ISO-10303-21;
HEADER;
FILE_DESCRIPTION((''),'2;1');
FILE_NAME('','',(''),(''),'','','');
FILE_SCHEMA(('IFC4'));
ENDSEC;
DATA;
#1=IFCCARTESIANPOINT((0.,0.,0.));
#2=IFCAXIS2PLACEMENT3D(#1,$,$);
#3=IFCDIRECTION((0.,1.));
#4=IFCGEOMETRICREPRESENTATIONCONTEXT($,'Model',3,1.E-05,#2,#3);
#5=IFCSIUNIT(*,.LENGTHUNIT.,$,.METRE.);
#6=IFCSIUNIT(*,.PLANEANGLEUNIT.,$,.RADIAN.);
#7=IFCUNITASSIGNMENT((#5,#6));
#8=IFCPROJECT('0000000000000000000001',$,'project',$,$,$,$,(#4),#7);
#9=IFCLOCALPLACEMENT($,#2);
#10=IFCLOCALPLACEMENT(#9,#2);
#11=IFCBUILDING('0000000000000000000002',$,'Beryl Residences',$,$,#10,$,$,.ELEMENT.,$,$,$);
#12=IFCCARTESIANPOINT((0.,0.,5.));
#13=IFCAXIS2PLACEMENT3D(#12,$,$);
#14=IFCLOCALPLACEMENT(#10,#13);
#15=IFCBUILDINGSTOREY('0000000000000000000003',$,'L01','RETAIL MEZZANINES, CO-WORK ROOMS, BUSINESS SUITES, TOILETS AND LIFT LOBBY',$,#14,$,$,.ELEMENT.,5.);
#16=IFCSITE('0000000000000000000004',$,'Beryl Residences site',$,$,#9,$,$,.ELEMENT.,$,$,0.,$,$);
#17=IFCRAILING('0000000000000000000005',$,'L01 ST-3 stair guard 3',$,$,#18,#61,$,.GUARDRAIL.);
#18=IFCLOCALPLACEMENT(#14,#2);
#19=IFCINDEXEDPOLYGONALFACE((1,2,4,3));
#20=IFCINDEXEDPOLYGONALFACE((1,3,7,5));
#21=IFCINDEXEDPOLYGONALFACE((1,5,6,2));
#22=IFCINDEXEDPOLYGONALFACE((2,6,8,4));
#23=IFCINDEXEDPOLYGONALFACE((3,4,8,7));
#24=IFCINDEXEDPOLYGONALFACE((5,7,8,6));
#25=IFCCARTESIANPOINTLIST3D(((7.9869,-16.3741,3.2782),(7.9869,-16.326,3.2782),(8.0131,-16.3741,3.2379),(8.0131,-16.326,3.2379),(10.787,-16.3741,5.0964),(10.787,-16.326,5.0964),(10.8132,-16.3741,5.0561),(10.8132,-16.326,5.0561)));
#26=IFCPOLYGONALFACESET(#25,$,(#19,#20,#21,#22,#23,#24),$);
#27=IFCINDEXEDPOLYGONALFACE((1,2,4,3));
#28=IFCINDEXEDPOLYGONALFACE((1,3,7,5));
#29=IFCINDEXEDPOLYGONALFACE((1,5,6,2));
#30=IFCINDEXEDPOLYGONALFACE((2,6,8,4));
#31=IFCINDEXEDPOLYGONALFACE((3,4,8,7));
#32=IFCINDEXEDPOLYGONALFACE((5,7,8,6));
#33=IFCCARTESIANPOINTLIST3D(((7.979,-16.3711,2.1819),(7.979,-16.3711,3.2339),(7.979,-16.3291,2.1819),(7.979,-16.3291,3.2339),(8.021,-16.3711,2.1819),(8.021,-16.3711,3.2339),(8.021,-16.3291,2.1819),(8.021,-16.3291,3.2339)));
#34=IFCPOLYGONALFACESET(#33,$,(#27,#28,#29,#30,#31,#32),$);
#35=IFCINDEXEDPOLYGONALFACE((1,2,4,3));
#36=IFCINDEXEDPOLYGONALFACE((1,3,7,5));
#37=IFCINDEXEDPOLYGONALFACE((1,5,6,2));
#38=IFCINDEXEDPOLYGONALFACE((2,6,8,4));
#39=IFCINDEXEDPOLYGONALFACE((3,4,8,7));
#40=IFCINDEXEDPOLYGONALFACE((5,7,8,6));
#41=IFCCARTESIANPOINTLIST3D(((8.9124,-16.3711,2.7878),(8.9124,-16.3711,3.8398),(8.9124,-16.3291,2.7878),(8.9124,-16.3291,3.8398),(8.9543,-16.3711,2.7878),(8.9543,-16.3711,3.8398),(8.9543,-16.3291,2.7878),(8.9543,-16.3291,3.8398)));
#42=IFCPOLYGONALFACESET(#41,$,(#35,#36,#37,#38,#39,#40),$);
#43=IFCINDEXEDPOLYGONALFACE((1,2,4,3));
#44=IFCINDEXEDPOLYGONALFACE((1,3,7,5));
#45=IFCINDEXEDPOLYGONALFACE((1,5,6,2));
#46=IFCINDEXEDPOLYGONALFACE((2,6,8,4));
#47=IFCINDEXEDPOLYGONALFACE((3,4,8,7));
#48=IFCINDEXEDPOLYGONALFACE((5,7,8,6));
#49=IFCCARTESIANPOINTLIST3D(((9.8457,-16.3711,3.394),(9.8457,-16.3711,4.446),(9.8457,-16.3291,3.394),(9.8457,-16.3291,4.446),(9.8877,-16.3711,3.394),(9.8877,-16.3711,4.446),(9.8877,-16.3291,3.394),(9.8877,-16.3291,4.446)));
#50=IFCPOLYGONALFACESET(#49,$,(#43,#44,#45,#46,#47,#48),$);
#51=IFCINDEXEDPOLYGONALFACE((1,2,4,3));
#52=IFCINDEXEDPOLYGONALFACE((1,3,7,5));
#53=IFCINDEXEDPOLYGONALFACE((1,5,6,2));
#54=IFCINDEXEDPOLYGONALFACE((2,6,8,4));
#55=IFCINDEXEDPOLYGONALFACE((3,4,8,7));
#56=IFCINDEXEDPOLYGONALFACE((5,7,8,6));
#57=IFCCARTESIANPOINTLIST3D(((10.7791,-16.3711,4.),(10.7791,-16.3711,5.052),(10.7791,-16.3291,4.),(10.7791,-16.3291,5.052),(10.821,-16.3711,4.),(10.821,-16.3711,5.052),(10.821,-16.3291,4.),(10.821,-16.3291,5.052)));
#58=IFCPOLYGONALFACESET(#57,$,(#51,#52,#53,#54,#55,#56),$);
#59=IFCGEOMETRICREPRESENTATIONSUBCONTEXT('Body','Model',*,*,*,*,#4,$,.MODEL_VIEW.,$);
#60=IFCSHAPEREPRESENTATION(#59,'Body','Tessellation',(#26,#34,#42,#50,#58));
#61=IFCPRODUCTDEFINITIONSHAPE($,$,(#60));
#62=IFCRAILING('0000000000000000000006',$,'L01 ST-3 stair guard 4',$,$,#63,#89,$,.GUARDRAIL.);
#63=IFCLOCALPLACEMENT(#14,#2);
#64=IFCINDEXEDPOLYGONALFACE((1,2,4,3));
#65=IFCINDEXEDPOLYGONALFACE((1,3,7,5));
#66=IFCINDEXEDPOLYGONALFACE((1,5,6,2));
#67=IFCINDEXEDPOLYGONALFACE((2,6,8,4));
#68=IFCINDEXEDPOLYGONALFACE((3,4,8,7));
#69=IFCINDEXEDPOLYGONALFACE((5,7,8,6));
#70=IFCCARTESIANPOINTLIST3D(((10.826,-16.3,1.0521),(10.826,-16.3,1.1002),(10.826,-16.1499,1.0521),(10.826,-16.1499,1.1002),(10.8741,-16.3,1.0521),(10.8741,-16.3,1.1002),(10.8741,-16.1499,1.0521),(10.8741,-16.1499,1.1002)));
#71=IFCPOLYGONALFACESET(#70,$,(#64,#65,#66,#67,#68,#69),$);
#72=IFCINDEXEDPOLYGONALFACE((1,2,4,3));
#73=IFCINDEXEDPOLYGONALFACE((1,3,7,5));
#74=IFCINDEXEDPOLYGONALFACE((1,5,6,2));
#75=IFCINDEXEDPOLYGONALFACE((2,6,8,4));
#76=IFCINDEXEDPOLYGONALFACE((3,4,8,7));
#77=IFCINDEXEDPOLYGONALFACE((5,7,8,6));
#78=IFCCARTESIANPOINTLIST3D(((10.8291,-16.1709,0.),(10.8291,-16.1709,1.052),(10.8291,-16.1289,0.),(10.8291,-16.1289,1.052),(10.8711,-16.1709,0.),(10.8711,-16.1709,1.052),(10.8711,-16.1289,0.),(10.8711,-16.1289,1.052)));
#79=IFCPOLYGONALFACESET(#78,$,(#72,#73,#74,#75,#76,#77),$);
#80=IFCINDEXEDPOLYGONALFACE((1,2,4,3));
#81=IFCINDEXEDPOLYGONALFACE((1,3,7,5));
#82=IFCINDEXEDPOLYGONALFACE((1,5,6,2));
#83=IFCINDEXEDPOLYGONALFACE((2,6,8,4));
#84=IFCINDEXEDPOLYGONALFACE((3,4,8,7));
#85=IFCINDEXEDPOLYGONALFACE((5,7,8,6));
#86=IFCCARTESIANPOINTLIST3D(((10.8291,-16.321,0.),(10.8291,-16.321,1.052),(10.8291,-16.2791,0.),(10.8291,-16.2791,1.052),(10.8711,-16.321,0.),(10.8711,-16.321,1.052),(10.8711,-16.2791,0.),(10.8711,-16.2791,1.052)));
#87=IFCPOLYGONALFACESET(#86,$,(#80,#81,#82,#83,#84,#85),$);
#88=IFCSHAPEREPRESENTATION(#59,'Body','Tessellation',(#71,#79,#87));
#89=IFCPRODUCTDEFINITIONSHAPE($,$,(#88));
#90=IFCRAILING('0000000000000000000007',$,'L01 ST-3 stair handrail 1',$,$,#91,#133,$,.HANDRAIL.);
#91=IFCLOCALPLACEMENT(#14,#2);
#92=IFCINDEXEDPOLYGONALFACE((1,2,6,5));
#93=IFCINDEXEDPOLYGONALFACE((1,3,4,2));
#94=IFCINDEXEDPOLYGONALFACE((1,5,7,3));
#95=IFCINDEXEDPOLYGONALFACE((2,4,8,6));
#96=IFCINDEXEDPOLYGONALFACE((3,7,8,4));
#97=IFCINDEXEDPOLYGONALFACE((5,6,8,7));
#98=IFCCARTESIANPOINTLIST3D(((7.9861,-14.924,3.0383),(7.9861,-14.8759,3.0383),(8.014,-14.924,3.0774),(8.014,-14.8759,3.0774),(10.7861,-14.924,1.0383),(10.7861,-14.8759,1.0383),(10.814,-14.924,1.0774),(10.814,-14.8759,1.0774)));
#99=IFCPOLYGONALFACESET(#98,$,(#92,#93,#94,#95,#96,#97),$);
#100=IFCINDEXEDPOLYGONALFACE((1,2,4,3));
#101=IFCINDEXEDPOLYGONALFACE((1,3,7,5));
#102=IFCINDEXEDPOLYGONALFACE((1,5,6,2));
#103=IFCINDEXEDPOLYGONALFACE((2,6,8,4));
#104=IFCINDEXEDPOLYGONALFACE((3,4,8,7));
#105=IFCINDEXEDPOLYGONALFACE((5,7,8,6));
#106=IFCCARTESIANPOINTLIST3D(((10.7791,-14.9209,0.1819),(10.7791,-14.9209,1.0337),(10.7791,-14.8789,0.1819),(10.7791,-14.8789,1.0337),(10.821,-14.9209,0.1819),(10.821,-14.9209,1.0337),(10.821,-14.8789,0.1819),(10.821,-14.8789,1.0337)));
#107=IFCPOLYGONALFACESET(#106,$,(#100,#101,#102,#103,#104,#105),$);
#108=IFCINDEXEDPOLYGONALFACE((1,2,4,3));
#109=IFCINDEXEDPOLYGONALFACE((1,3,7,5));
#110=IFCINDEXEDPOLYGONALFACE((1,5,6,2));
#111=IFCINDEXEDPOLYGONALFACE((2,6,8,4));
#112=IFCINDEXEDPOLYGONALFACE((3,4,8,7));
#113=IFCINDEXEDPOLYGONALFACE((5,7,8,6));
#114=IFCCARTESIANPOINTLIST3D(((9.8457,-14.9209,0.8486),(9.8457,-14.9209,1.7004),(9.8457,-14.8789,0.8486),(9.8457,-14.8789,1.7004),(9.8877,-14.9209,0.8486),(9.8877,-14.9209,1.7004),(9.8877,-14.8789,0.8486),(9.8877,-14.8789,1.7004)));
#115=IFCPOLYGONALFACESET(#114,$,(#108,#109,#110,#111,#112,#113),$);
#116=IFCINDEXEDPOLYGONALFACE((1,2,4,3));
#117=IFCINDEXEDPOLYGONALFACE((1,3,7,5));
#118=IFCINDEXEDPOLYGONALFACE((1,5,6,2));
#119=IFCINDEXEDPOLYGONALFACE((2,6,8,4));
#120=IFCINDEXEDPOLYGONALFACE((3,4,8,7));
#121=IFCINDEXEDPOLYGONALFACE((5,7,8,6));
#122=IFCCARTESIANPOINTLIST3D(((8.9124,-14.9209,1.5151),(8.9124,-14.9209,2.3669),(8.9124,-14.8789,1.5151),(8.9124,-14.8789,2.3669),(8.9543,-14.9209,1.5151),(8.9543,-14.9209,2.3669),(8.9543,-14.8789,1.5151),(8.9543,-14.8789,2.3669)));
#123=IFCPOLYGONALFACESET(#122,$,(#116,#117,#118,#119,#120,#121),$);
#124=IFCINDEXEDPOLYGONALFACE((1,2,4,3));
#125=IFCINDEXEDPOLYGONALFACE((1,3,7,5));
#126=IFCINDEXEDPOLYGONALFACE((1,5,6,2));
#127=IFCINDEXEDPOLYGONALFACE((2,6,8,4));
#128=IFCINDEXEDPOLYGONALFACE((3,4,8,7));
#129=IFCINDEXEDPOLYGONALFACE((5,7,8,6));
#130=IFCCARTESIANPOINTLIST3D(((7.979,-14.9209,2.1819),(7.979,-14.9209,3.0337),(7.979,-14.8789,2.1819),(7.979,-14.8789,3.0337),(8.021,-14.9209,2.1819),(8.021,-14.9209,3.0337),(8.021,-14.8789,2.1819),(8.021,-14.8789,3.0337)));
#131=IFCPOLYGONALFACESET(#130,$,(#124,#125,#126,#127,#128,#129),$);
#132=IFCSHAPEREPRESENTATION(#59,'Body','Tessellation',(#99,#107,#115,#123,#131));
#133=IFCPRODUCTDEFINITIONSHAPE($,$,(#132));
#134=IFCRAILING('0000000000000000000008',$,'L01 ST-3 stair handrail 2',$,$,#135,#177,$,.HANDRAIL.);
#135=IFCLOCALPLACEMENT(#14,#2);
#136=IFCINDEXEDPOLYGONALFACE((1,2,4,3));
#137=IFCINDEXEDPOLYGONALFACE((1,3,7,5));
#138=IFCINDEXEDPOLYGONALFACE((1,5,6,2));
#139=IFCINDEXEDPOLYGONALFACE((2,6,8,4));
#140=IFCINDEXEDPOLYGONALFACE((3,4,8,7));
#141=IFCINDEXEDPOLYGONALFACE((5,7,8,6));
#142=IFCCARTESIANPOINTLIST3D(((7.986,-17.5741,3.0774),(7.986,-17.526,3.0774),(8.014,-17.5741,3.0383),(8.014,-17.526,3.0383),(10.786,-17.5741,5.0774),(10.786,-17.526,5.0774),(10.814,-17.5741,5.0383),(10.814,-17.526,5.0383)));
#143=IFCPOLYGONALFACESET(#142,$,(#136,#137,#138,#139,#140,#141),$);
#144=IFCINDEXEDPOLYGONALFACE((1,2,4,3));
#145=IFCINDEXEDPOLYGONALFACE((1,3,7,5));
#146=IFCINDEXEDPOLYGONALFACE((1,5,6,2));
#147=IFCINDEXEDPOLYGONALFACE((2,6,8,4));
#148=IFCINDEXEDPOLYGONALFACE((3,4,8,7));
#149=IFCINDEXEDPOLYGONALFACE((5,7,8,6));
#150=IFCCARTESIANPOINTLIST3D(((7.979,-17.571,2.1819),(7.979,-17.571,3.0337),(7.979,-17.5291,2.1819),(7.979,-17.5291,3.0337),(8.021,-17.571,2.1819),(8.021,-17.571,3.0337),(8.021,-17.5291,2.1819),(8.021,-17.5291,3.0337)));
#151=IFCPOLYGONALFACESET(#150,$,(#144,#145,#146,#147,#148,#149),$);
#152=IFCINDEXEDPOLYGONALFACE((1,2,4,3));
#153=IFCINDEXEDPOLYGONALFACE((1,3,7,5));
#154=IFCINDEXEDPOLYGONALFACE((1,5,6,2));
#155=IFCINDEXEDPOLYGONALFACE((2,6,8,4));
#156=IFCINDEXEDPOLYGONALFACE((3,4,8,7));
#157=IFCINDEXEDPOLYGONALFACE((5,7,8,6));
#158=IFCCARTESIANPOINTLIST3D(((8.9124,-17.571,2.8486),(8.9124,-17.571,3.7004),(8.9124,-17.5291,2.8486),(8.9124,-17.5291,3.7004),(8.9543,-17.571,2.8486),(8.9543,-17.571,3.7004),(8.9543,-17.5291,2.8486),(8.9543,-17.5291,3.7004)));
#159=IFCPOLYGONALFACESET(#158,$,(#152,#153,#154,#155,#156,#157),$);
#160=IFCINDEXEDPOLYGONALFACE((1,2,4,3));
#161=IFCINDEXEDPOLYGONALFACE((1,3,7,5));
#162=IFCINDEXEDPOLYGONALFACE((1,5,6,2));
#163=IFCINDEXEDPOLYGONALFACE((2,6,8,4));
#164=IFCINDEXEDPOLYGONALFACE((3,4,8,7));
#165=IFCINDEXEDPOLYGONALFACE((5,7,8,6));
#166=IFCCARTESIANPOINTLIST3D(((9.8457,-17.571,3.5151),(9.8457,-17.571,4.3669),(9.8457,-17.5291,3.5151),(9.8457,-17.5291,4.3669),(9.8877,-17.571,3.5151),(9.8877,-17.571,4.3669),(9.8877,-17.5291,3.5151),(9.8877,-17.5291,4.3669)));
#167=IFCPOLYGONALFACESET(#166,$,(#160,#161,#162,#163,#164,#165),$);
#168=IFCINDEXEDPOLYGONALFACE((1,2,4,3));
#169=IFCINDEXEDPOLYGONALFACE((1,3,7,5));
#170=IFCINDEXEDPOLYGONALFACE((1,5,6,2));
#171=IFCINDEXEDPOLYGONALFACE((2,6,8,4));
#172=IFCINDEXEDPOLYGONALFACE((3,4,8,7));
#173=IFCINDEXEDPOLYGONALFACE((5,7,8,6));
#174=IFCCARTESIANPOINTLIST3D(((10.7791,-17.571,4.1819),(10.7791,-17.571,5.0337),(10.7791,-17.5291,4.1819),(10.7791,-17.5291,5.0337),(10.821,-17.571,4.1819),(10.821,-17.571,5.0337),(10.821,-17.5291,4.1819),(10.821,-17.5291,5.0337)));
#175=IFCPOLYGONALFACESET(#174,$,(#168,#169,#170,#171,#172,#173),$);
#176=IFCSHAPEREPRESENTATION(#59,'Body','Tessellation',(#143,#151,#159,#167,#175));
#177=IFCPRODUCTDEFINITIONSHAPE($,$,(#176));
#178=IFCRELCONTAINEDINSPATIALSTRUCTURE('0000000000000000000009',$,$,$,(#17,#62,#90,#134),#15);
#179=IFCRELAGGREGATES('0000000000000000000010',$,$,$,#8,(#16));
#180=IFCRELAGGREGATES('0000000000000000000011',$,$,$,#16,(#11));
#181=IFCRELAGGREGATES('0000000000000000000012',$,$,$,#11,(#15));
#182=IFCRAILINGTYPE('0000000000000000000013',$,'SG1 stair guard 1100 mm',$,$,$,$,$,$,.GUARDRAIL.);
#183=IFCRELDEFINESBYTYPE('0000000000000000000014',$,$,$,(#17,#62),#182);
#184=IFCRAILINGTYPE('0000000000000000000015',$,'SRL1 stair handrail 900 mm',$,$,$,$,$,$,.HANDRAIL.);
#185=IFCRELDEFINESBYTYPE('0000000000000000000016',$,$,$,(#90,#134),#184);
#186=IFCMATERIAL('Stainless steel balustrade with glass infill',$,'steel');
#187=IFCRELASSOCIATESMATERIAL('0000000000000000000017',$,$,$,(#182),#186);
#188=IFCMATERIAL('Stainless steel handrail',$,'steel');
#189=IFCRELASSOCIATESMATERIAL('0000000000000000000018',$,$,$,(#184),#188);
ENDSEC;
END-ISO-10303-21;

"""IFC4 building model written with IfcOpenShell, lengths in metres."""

from ifc_helpers import new_model, si_unit, direction, frame, origin, origin_2d, place, context, subcontext, project, spatial, rectangle, extrude, material, type_object, element, save


model = new_model("IFC4")

# Units and contexts
model_context = context("Model", 3, precision=1e-05, world=origin(), true_north=direction((0.0, 1.0)))
body_context = subcontext(model_context, "Body", "Model", "MODEL_VIEW")
ifc_project = project(units=[si_unit("LENGTHUNIT", "METRE"), si_unit("PLANEANGLEUNIT", "RADIAN")], contexts=[model_context])

# Site, building, storey
site_placement = place(None, origin())
site = spatial("IfcSite", under=ifc_project, at=site_placement, Name="Beryl Residences site", CompositionType="ELEMENT", RefElevation=0.0)
building_placement = place(site_placement, origin())
building = spatial("IfcBuilding", under=site, at=building_placement, Name="Beryl Residences", CompositionType="ELEMENT")
storey_placement = place(building_placement, frame((0.0, 0.0, 5.0)))
storey = spatial("IfcBuildingStorey", under=building, at=storey_placement, Name="L01", Description="RETAIL MEZZANINES, CO-WORK ROOMS, BUSINESS SUITES, TOILETS AND LIFT LOBBY", CompositionType="ELEMENT", Elevation=5.0)

# Railings
ifc_material_1 = material(Name="Stainless steel balustrade with glass infill", Category="steel")
railing_type_1 = type_object("IfcRailingType", Name="SG1 stair guard 1100 mm", PredefinedType="GUARDRAIL", material=ifc_material_1)
railing_1_placement = place(storey_placement, frame((8.0, -16.3501, 2.1819)))
element("IfcRailing", 1, at=railing_1_placement, inside=storey, type_object=railing_type_1, Name="L01 ST-3 stair guard 3", PredefinedType="GUARDRAIL", context=body_context, shape_type="SweptSolid", body=[
    extrude(rectangle(XDim=0.0481, YDim=0.0481, at=origin_2d()), frame((0.0, 0.0, 1.0762), z_axis=(0.838706, 0.0, 0.544585), x_axis=(0.0, 1.0, 0.0)), (0.0, 0.0, 1.0), 3.3386),
    extrude(rectangle(XDim=0.042, YDim=0.042, at=origin_2d()), origin(), (0.0, 0.0, 1.0), 1.052),
    extrude(rectangle(XDim=0.042, YDim=0.042, at=origin_2d()), frame((0.9333, 0.0, 0.606)), (0.0, 0.0, 1.0), 1.052),
    extrude(rectangle(XDim=0.042, YDim=0.042, at=origin_2d()), frame((1.8667, 0.0, 1.2122)), (0.0, 0.0, 1.0), 1.052),
    extrude(rectangle(XDim=0.042, YDim=0.042, at=origin_2d()), frame((2.8, 0.0, 1.8181)), (0.0, 0.0, 1.0), 1.052),
])
railing_2_placement = place(storey_placement, frame((10.8501, -16.1499, 0.0)))
element("IfcRailing", 2, at=railing_2_placement, inside=storey, type_object=railing_type_1, Name="L01 ST-3 stair guard 4", PredefinedType="GUARDRAIL", context=body_context, shape_type="SweptSolid", body=[
    extrude(rectangle(XDim=0.0481, YDim=0.0481, at=origin_2d()), frame((0.0, 0.0, 1.0762), z_axis=(0.0, -1.0, 0.0), x_axis=(1.0, 0.0, 0.0)), (0.0, 0.0, 1.0), 0.1501),
    extrude(rectangle(XDim=0.042, YDim=0.042, at=origin_2d()), origin(), (0.0, 0.0, 1.0), 1.052),
    extrude(rectangle(XDim=0.042, YDim=0.042, at=origin_2d()), frame((0.0, -0.1501, 0.0)), (0.0, 0.0, 1.0), 1.052),
])
ifc_material_2 = material(Name="Stainless steel handrail", Category="steel")
railing_type_2 = type_object("IfcRailingType", Name="SRL1 stair handrail 900 mm", PredefinedType="HANDRAIL", material=ifc_material_2)
railing_3_placement = place(storey_placement, frame((10.8, -14.8999, 0.1819)))
element("IfcRailing", 3, at=railing_3_placement, inside=storey, type_object=railing_type_2, Name="L01 ST-3 stair handrail 1", PredefinedType="HANDRAIL", context=body_context, shape_type="SweptSolid", body=[
    extrude(rectangle(XDim=0.0481, YDim=0.0481, at=origin_2d()), frame((0.0, 0.0, 0.876), z_axis=(-0.813738, 0.0, 0.581231), x_axis=(0.0, -1.0, 0.0)), (0.0, 0.0, 1.0), 3.4409),
    extrude(rectangle(XDim=0.042, YDim=0.042, at=origin_2d()), origin(), (0.0, 0.0, 1.0), 0.8518),
    extrude(rectangle(XDim=0.042, YDim=0.042, at=origin_2d()), frame((-0.9333, 0.0, 0.6667)), (0.0, 0.0, 1.0), 0.8518),
    extrude(rectangle(XDim=0.042, YDim=0.042, at=origin_2d()), frame((-1.8667, 0.0, 1.3333)), (0.0, 0.0, 1.0), 0.8518),
    extrude(rectangle(XDim=0.042, YDim=0.042, at=origin_2d()), frame((-2.8, 0.0, 2.0)), (0.0, 0.0, 1.0), 0.8518),
])
railing_4_placement = place(storey_placement, frame((8.0, -17.55, 2.1819)))
element("IfcRailing", 4, at=railing_4_placement, inside=storey, type_object=railing_type_2, Name="L01 ST-3 stair handrail 2", PredefinedType="HANDRAIL", context=body_context, shape_type="SweptSolid", body=[
    extrude(rectangle(XDim=0.0481, YDim=0.0481, at=origin_2d()), frame((0.0, 0.0, 0.876), z_axis=(0.813738, 0.0, 0.581231), x_axis=(0.0, 1.0, 0.0)), (0.0, 0.0, 1.0), 3.4409),
    extrude(rectangle(XDim=0.042, YDim=0.042, at=origin_2d()), origin(), (0.0, 0.0, 1.0), 0.8518),
    extrude(rectangle(XDim=0.042, YDim=0.042, at=origin_2d()), frame((0.9333, 0.0, 0.6667)), (0.0, 0.0, 1.0), 0.8518),
    extrude(rectangle(XDim=0.042, YDim=0.042, at=origin_2d()), frame((1.8667, 0.0, 1.3333)), (0.0, 0.0, 1.0), 0.8518),
    extrude(rectangle(XDim=0.042, YDim=0.042, at=origin_2d()), frame((2.8, 0.0, 2.0)), (0.0, 0.0, 1.0), 0.8518),
])

save(model, "model.ifc")
